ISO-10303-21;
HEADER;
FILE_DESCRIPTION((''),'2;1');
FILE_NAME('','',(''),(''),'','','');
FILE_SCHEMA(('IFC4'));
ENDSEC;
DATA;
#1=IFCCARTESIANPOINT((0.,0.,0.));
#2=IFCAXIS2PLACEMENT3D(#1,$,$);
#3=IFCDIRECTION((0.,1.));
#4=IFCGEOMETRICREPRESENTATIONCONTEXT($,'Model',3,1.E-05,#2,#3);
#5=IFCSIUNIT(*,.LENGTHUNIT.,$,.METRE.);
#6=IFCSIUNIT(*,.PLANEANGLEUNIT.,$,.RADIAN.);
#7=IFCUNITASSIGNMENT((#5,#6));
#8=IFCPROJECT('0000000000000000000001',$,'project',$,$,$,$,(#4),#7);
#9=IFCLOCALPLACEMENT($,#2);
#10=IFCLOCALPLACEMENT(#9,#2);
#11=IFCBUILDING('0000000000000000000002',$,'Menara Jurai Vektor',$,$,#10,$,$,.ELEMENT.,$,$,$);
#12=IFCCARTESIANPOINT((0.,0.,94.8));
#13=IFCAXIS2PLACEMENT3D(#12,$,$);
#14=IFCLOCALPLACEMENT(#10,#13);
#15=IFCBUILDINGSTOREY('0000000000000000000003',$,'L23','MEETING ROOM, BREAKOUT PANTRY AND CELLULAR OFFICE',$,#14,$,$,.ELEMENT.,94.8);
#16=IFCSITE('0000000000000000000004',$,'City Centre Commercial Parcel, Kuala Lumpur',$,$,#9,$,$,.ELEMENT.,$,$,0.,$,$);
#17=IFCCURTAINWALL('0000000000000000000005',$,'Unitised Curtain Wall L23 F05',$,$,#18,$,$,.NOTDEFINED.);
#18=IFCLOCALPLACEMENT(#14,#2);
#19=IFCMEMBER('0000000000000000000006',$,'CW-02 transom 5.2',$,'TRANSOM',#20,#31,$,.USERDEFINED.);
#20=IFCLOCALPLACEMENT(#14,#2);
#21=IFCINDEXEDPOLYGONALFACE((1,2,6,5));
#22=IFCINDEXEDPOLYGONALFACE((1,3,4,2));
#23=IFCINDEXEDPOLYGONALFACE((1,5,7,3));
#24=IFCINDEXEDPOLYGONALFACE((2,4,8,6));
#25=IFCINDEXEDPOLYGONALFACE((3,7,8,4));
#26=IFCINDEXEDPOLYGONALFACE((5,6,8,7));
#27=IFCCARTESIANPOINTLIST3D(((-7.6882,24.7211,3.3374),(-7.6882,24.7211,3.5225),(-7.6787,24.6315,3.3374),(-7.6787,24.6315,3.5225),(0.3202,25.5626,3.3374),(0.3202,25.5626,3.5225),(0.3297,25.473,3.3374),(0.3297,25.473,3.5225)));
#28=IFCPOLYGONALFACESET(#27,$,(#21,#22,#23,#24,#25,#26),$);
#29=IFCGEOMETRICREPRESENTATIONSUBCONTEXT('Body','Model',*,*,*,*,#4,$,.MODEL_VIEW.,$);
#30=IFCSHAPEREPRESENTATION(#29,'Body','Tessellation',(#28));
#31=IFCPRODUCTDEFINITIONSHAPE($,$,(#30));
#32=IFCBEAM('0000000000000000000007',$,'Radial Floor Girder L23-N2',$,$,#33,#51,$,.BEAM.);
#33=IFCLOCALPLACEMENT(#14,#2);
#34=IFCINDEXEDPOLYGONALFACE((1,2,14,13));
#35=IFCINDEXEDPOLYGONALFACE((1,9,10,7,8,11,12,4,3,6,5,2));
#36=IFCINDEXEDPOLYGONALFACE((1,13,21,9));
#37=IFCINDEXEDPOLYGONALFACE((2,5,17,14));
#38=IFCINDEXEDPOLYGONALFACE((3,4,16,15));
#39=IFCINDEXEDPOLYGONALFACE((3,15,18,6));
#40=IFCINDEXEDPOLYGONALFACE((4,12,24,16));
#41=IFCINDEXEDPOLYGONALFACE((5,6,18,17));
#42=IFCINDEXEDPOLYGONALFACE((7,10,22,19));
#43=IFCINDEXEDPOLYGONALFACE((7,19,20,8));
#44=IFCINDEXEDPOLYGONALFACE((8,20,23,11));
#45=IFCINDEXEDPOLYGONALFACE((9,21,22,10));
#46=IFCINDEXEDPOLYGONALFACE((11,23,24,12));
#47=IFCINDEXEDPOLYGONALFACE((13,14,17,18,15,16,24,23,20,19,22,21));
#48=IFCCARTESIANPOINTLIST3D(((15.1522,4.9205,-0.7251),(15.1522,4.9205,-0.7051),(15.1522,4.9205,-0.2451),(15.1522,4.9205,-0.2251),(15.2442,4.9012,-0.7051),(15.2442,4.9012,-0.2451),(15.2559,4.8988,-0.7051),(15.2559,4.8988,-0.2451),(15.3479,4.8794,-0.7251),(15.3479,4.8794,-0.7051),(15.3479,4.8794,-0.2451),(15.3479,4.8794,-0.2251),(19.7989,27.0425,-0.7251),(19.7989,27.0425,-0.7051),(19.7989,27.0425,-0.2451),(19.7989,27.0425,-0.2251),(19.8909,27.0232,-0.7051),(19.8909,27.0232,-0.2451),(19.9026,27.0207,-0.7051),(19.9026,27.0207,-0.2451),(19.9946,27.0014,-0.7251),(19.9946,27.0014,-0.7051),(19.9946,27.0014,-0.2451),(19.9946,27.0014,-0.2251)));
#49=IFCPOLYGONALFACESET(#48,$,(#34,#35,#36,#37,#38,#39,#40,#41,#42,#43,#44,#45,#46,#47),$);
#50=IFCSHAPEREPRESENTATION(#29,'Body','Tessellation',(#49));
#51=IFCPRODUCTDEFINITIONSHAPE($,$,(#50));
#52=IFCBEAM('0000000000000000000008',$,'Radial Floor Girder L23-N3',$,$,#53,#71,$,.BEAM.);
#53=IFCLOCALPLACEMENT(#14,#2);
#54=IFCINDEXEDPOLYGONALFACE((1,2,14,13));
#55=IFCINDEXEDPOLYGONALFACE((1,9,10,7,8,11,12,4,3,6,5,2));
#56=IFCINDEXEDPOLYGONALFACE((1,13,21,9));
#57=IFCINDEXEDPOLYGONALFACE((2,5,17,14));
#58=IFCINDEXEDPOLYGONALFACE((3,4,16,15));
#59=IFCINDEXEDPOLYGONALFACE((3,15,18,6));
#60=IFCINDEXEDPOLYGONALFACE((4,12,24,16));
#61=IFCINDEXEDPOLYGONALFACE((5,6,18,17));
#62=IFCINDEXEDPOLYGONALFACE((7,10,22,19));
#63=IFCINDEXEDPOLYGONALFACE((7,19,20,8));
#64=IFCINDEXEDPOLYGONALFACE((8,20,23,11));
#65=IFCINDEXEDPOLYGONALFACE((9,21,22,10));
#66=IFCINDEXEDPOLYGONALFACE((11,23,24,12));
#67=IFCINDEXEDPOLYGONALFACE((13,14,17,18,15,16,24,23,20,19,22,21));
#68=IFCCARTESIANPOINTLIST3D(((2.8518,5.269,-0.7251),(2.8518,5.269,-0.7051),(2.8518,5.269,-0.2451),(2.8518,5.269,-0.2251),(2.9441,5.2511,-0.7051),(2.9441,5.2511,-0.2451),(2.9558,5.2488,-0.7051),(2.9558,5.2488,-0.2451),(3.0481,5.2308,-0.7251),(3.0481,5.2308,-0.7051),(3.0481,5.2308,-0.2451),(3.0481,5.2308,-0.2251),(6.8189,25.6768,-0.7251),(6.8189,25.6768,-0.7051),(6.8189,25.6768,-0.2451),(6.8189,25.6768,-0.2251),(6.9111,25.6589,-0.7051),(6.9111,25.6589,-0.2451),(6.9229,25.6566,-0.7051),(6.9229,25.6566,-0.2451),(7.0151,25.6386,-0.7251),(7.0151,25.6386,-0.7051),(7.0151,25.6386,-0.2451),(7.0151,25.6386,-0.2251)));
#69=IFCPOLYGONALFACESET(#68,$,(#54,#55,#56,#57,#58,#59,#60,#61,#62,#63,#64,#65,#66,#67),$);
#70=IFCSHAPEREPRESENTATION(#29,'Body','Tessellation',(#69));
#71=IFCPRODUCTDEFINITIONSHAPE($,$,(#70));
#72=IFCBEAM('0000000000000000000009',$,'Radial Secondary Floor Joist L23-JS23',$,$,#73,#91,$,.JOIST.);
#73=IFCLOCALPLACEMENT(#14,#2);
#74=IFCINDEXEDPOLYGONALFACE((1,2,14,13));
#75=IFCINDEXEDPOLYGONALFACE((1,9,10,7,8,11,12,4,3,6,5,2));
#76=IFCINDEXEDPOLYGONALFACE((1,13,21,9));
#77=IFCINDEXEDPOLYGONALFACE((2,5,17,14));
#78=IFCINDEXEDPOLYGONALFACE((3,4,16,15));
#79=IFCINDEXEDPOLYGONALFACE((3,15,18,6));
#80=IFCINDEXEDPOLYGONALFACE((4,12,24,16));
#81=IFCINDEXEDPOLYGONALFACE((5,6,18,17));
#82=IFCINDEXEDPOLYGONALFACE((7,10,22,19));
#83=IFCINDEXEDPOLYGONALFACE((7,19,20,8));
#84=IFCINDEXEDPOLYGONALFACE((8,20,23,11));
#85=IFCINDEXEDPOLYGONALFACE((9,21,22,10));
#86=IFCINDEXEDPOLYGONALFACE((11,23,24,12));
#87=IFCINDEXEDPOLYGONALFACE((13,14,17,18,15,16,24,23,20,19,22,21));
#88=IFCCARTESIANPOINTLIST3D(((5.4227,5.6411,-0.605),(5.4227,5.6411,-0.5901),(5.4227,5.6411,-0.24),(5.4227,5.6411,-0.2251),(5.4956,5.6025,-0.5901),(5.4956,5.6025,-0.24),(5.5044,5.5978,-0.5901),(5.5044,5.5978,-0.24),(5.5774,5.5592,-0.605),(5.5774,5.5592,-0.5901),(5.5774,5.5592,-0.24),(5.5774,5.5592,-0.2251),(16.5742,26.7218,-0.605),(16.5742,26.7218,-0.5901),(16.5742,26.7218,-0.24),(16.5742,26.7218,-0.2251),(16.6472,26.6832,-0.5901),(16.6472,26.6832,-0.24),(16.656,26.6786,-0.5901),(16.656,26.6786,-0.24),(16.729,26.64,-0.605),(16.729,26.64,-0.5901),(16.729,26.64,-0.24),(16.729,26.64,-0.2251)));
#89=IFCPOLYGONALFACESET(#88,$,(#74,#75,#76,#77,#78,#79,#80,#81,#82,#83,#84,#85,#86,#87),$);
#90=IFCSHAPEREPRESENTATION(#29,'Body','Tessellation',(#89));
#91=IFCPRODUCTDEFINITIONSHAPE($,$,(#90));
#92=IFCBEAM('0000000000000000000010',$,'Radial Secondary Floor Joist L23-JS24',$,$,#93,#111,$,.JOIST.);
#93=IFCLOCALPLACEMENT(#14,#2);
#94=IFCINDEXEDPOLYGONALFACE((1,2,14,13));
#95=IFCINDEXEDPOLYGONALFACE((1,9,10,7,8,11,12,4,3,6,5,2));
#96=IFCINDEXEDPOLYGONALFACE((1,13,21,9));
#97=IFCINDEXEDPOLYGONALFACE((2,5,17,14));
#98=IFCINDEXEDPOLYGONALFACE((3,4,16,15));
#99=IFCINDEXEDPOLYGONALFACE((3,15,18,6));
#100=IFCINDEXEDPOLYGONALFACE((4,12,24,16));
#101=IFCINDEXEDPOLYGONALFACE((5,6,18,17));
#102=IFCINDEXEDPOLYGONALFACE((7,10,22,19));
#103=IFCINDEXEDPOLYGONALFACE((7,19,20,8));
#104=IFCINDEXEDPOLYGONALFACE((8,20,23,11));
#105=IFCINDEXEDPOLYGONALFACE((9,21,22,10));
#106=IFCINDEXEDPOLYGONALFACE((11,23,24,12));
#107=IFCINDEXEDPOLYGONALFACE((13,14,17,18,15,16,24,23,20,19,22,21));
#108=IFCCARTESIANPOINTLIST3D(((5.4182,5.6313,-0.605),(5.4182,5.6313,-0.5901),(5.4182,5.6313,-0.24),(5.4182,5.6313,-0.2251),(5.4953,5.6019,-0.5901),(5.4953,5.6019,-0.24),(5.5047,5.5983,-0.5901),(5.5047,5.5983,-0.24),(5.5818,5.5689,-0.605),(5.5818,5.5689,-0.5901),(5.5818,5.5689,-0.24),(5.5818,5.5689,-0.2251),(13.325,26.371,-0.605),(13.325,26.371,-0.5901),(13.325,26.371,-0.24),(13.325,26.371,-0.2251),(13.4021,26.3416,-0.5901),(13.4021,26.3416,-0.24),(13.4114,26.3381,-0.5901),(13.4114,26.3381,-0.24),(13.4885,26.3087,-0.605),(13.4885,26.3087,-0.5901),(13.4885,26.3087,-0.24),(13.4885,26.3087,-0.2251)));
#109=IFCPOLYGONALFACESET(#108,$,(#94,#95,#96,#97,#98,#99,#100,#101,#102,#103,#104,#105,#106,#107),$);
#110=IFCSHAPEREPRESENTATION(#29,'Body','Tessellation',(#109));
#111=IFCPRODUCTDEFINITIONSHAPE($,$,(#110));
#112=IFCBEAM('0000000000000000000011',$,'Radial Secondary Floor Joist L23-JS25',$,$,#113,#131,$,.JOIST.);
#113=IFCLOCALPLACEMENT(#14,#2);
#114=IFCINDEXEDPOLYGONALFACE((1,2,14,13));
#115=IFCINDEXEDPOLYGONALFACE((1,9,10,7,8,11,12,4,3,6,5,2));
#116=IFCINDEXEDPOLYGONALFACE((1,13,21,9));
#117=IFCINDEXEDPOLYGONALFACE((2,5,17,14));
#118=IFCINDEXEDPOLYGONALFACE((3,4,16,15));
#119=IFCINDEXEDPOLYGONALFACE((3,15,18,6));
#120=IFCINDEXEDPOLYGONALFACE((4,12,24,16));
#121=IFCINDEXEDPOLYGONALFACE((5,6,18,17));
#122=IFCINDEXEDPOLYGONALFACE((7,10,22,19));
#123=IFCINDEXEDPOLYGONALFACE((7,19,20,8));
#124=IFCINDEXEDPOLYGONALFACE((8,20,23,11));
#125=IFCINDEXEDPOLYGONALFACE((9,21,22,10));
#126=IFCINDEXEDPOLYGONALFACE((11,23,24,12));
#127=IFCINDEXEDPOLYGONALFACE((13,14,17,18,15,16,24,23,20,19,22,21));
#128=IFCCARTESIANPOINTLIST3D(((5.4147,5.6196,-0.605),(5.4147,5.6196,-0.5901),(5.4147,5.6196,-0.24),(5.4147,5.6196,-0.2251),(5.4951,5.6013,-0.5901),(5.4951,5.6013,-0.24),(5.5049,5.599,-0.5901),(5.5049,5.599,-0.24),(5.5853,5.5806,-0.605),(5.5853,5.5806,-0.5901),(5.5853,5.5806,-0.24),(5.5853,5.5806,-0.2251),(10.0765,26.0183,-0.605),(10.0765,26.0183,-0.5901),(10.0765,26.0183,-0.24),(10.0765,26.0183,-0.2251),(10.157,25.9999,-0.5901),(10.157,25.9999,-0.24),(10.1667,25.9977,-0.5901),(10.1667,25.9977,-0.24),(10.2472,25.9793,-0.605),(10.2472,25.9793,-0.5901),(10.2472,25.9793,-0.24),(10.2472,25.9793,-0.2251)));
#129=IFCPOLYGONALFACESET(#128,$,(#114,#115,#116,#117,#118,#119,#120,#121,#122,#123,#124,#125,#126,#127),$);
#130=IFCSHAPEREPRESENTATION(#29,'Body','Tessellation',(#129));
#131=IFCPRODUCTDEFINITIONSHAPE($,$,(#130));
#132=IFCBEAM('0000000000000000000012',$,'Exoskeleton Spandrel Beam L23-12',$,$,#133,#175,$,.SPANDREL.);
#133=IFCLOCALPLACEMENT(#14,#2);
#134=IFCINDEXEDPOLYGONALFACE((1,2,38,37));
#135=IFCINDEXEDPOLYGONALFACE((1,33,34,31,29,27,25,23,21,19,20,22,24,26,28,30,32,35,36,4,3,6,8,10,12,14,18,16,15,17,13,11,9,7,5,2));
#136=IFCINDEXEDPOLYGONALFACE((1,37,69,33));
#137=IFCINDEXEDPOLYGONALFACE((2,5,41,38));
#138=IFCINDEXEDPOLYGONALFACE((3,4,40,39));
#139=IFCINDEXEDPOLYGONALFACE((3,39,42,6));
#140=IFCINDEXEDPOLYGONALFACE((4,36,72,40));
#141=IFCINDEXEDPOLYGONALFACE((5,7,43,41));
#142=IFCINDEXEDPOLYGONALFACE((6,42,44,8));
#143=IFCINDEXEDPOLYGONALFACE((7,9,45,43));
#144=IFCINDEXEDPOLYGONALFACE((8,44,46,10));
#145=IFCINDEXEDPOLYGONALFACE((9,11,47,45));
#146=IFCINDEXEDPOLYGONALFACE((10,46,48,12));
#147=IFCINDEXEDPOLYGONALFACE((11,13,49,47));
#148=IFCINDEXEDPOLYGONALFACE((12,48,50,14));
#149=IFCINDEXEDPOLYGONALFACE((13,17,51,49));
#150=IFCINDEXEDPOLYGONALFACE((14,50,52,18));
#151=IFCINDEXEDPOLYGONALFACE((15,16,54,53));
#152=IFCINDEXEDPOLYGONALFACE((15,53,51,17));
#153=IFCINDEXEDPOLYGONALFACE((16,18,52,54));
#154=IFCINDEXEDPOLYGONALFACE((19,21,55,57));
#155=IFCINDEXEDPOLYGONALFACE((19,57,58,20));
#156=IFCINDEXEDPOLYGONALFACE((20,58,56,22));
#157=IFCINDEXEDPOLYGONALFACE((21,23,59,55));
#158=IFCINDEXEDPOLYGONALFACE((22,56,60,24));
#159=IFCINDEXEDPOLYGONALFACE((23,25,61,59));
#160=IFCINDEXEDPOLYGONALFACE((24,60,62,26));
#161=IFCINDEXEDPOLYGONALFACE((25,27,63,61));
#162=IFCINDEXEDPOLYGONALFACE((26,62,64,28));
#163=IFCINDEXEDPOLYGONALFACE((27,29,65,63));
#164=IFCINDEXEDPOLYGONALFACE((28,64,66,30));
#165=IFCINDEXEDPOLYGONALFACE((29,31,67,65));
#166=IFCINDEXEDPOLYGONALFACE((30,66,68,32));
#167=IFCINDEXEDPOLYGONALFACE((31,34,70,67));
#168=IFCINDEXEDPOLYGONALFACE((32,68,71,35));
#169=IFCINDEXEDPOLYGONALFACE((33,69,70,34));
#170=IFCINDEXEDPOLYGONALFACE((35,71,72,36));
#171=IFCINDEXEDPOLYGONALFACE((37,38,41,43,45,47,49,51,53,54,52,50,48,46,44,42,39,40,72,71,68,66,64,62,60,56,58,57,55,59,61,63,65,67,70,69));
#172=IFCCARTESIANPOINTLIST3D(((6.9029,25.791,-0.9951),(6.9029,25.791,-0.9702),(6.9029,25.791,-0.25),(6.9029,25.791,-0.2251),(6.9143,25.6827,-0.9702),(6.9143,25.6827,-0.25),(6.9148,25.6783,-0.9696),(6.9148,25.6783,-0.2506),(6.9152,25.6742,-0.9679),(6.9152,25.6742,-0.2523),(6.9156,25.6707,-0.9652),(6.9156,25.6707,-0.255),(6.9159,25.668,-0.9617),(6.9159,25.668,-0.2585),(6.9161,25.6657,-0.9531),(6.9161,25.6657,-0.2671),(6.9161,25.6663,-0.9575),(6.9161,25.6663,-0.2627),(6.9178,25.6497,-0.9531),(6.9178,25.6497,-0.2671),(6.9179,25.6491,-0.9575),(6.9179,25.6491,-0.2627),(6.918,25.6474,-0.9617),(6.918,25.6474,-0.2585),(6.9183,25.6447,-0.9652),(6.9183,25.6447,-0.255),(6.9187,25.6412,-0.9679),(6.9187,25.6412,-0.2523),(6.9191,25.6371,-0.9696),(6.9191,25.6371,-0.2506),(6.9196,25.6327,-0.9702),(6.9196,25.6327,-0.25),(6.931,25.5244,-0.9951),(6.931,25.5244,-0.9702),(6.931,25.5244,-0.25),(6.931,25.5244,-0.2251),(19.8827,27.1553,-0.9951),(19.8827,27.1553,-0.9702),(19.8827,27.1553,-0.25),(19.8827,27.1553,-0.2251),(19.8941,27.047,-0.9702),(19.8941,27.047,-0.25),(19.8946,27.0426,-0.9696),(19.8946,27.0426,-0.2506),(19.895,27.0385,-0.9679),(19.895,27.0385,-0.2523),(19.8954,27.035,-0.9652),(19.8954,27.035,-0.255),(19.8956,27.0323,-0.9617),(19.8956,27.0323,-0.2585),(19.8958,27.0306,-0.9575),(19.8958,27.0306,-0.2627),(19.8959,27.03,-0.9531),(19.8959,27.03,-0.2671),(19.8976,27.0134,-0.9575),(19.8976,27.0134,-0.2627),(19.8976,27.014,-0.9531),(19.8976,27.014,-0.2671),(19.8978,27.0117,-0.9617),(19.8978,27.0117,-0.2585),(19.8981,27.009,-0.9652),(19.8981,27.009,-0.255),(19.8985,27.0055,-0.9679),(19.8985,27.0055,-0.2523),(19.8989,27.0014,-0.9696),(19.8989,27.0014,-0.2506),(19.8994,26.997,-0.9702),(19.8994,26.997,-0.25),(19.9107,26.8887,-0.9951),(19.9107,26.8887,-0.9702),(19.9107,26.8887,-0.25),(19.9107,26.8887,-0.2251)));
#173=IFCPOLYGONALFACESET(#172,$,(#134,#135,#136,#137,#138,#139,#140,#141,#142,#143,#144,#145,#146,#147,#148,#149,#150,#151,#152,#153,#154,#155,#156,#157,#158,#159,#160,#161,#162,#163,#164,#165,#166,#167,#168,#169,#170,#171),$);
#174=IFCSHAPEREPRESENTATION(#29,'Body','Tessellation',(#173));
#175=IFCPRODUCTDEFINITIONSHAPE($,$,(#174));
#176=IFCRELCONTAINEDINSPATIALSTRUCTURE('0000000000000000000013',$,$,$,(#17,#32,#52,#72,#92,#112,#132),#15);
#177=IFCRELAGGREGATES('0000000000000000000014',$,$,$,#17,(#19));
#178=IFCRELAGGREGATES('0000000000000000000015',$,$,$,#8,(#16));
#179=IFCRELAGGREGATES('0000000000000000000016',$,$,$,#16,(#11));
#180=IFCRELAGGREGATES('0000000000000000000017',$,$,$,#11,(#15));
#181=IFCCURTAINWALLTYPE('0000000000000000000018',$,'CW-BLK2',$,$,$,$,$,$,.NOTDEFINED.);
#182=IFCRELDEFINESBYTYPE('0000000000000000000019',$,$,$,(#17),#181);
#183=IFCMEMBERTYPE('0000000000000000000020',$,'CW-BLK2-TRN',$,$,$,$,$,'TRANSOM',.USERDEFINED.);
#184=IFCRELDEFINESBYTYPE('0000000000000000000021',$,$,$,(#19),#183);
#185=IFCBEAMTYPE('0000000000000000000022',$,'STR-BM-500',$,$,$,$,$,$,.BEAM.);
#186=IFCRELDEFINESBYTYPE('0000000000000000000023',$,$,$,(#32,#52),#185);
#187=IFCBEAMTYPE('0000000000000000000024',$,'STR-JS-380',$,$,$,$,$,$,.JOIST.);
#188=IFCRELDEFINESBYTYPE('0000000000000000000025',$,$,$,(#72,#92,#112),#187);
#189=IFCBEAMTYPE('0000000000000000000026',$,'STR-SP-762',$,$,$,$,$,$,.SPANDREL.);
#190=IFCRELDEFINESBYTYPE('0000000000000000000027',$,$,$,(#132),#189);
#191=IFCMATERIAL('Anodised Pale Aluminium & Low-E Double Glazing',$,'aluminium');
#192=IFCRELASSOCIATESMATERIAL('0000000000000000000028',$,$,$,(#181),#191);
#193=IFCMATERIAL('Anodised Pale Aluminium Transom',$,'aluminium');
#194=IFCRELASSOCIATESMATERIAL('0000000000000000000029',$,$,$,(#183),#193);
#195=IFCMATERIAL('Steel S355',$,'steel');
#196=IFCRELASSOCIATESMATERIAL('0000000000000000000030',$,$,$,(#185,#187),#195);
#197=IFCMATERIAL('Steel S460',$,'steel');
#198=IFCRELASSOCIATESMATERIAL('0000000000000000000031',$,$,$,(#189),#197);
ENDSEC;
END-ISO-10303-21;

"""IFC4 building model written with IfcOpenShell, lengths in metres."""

from ifc_helpers import new_model, si_unit, direction, frame, origin, origin_2d, place, context, subcontext, project, spatial, rectangle, i_section, extrude, material, material_profile, profile_set, type_object, element, aggregate, save


model = new_model("IFC4")

# Units and contexts
model_context = context("Model", 3, precision=1e-05, world=origin(), true_north=direction((0.0, 1.0)))
body_context = subcontext(model_context, "Body", "Model", "MODEL_VIEW")
ifc_project = project(units=[si_unit("LENGTHUNIT", "METRE"), si_unit("PLANEANGLEUNIT", "RADIAN")], contexts=[model_context])

# Site, building, storey
site_placement = place(None, origin())
site = spatial("IfcSite", under=ifc_project, at=site_placement, Name="City Centre Commercial Parcel, Kuala Lumpur", CompositionType="ELEMENT", RefElevation=0.0)
building_placement = place(site_placement, origin())
building = spatial("IfcBuilding", under=site, at=building_placement, Name="Menara Jurai Vektor", CompositionType="ELEMENT")
storey_placement = place(building_placement, frame((0.0, 0.0, 94.8)))
storey = spatial("IfcBuildingStorey", under=building, at=storey_placement, Name="L23", Description="MEETING ROOM, BREAKOUT PANTRY AND CELLULAR OFFICE", CompositionType="ELEMENT", Elevation=94.8)

# Shared definitions
ifc_material_1 = material(Name="Steel S460", Category="steel")

# Curtain wall, member
ifc_material_2 = material(Name="Anodised Pale Aluminium & Low-E Double Glazing", Category="aluminium")
curtain_wall_type = type_object("IfcCurtainWallType", Name="CW-BLK2", PredefinedType="NOTDEFINED", material=ifc_material_2)
curtain_wall_placement = place(storey_placement, origin())
curtain_wall = element("IfcCurtainWall", 1, at=curtain_wall_placement, inside=storey, type_object=curtain_wall_type, Name="Unitised Curtain Wall L23 F05", PredefinedType="NOTDEFINED")
ifc_material_3 = material(Name="Anodised Pale Aluminium Transom", Category="aluminium")
ifc_material_profile_1 = material_profile(ifc_material_3, rectangle(XDim=0.0901, YDim=0.1851, at=origin_2d()), Name="ALU TRN 90x185")
ifc_profile_set_1 = profile_set([ifc_material_profile_1], Name="Anodised Pale Aluminium Transom")
member_type_1 = type_object("IfcMemberType", Name="CW-BLK2-TRN", ElementType="TRANSOM", PredefinedType="USERDEFINED", material=ifc_profile_set_1)
member_1_placement = place(storey_placement, frame((0.325, 25.5178, 3.4299), z_axis=(-0.994524, -0.10451, 0.0), x_axis=(0.10451, -0.994524, 0.0)))
member_1 = element("IfcMember", 2, at=member_1_placement, type_object=member_type_1, Name="CW-02 transom 5.2", ObjectType="TRANSOM", PredefinedType="USERDEFINED", context=body_context, shape_type="SweptSolid", body=[
    extrude(rectangle(XDim=0.0901, YDim=0.1851, at=origin_2d()), origin(), (0.0, 0.0, 1.0), 8.0525),
])

# Beams
ifc_material_4 = material(Name="Steel S355", Category="steel")
ifc_material_profile_2 = material_profile(ifc_material_4, i_section(OverallWidth=0.2, OverallDepth=0.5, WebThickness=0.012, FlangeThickness=0.02, at=origin_2d()), Name="PG 500x200x96")
ifc_profile_set_2 = profile_set([ifc_material_profile_2], Name="Steel S355")
beam_type_1 = type_object("IfcBeamType", Name="STR-BM-500", PredefinedType="BEAM", material=ifc_profile_set_2)
beam_1_placement = place(storey_placement, frame((19.8967, 27.022, -0.4751), z_axis=(-0.205564, -0.978644, 0.0), x_axis=(0.978644, -0.205564, 0.0)))
element("IfcBeam", 3, at=beam_1_placement, inside=storey, type_object=beam_type_1, Name="Radial Floor Girder L23-N2", PredefinedType="BEAM", context=body_context, shape_type="SweptSolid", body=[
    extrude(i_section(OverallWidth=0.2, OverallDepth=0.5, WebThickness=0.012, FlangeThickness=0.02, at=origin_2d()), origin(), (0.0, 0.0, 1.0), 22.6047),
])
beam_2_placement = place(storey_placement, frame((6.917, 25.6577, -0.4751), z_axis=(-0.190817, -0.981626, 0.0), x_axis=(0.981626, -0.190817, 0.0)))
element("IfcBeam", 4, at=beam_2_placement, inside=storey, type_object=beam_type_1, Name="Radial Floor Girder L23-N3", PredefinedType="BEAM", context=body_context, shape_type="SweptSolid", body=[
    extrude(i_section(OverallWidth=0.2, OverallDepth=0.5, WebThickness=0.012, FlangeThickness=0.02, at=origin_2d()), origin(), (0.0, 0.0, 1.0), 20.7898),
])
ifc_material_profile_3 = material_profile(ifc_material_4, i_section(OverallWidth=0.175, OverallDepth=0.3799, WebThickness=0.01, FlangeThickness=0.0149, at=origin_2d()), Name="PG 380x175x58")
ifc_profile_set_3 = profile_set([ifc_material_profile_3], Name="Steel S355")
beam_type_2 = type_object("IfcBeamType", Name="STR-JS-380", PredefinedType="JOIST", material=ifc_profile_set_3)
beam_3_placement = place(storey_placement, frame((16.6516, 26.6809, -0.415), z_axis=(-0.467599, -0.883941, 0.0), x_axis=(0.883941, -0.467599, 0.0)))
element("IfcBeam", 5, at=beam_3_placement, inside=storey, type_object=beam_type_2, Name="Radial Secondary Floor Joist L23-JS23", PredefinedType="JOIST", context=body_context, shape_type="SweptSolid", body=[
    extrude(i_section(OverallWidth=0.175, OverallDepth=0.3799, WebThickness=0.01, FlangeThickness=0.0149, at=origin_2d()), origin(), (0.0, 0.0, 1.0), 23.8486),
])
beam_4_placement = place(storey_placement, frame((13.4067, 26.3398, -0.415), z_axis=(-0.356227, -0.9344, 0.0), x_axis=(0.9344, -0.356227, 0.0)))
element("IfcBeam", 6, at=beam_4_placement, inside=storey, type_object=beam_type_2, Name="Radial Secondary Floor Joist L23-JS24", PredefinedType="JOIST", context=body_context, shape_type="SweptSolid", body=[
    extrude(i_section(OverallWidth=0.175, OverallDepth=0.3799, WebThickness=0.01, FlangeThickness=0.0149, at=origin_2d()), origin(), (0.0, 0.0, 1.0), 22.1958),
])
beam_5_placement = place(storey_placement, frame((10.1619, 25.9988, -0.415), z_axis=(-0.222793, -0.974866, 0.0), x_axis=(0.974866, -0.222793, 0.0)))
element("IfcBeam", 7, at=beam_5_placement, inside=storey, type_object=beam_type_2, Name="Radial Secondary Floor Joist L23-JS25", PredefinedType="JOIST", context=body_context, shape_type="SweptSolid", body=[
    extrude(i_section(OverallWidth=0.175, OverallDepth=0.3799, WebThickness=0.01, FlangeThickness=0.0149, at=origin_2d()), origin(), (0.0, 0.0, 1.0), 20.9246),
])
ifc_material_profile_4 = material_profile(ifc_material_1, i_section(OverallWidth=0.2681, OverallDepth=0.77, WebThickness=0.0161, FlangeThickness=0.0249, FilletRadius=0.0171, at=origin_2d()), Name="UKB 762x267x197")
ifc_profile_set_4 = profile_set([ifc_material_profile_4], Name="Steel S460")
beam_type_3 = type_object("IfcBeamType", Name="STR-SP-762", PredefinedType="SPANDREL", material=ifc_profile_set_4)
beam_6_placement = place(storey_placement, frame((19.8967, 27.022, -0.6101), z_axis=(-0.994522, -0.104531, 0.0), x_axis=(0.104531, -0.994522, 0.0)))
element("IfcBeam", 8, at=beam_6_placement, inside=storey, type_object=beam_type_3, Name="Exoskeleton Spandrel Beam L23-12", PredefinedType="SPANDREL", context=body_context, shape_type="SweptSolid", body=[
    extrude(i_section(OverallWidth=0.2681, OverallDepth=0.77, WebThickness=0.0161, FlangeThickness=0.0249, FilletRadius=0.0171, at=origin_2d()), origin(), (0.0, 0.0, 1.0), 13.0513),
])

aggregate(curtain_wall, [member_1])

save(model, "model.ifc")
